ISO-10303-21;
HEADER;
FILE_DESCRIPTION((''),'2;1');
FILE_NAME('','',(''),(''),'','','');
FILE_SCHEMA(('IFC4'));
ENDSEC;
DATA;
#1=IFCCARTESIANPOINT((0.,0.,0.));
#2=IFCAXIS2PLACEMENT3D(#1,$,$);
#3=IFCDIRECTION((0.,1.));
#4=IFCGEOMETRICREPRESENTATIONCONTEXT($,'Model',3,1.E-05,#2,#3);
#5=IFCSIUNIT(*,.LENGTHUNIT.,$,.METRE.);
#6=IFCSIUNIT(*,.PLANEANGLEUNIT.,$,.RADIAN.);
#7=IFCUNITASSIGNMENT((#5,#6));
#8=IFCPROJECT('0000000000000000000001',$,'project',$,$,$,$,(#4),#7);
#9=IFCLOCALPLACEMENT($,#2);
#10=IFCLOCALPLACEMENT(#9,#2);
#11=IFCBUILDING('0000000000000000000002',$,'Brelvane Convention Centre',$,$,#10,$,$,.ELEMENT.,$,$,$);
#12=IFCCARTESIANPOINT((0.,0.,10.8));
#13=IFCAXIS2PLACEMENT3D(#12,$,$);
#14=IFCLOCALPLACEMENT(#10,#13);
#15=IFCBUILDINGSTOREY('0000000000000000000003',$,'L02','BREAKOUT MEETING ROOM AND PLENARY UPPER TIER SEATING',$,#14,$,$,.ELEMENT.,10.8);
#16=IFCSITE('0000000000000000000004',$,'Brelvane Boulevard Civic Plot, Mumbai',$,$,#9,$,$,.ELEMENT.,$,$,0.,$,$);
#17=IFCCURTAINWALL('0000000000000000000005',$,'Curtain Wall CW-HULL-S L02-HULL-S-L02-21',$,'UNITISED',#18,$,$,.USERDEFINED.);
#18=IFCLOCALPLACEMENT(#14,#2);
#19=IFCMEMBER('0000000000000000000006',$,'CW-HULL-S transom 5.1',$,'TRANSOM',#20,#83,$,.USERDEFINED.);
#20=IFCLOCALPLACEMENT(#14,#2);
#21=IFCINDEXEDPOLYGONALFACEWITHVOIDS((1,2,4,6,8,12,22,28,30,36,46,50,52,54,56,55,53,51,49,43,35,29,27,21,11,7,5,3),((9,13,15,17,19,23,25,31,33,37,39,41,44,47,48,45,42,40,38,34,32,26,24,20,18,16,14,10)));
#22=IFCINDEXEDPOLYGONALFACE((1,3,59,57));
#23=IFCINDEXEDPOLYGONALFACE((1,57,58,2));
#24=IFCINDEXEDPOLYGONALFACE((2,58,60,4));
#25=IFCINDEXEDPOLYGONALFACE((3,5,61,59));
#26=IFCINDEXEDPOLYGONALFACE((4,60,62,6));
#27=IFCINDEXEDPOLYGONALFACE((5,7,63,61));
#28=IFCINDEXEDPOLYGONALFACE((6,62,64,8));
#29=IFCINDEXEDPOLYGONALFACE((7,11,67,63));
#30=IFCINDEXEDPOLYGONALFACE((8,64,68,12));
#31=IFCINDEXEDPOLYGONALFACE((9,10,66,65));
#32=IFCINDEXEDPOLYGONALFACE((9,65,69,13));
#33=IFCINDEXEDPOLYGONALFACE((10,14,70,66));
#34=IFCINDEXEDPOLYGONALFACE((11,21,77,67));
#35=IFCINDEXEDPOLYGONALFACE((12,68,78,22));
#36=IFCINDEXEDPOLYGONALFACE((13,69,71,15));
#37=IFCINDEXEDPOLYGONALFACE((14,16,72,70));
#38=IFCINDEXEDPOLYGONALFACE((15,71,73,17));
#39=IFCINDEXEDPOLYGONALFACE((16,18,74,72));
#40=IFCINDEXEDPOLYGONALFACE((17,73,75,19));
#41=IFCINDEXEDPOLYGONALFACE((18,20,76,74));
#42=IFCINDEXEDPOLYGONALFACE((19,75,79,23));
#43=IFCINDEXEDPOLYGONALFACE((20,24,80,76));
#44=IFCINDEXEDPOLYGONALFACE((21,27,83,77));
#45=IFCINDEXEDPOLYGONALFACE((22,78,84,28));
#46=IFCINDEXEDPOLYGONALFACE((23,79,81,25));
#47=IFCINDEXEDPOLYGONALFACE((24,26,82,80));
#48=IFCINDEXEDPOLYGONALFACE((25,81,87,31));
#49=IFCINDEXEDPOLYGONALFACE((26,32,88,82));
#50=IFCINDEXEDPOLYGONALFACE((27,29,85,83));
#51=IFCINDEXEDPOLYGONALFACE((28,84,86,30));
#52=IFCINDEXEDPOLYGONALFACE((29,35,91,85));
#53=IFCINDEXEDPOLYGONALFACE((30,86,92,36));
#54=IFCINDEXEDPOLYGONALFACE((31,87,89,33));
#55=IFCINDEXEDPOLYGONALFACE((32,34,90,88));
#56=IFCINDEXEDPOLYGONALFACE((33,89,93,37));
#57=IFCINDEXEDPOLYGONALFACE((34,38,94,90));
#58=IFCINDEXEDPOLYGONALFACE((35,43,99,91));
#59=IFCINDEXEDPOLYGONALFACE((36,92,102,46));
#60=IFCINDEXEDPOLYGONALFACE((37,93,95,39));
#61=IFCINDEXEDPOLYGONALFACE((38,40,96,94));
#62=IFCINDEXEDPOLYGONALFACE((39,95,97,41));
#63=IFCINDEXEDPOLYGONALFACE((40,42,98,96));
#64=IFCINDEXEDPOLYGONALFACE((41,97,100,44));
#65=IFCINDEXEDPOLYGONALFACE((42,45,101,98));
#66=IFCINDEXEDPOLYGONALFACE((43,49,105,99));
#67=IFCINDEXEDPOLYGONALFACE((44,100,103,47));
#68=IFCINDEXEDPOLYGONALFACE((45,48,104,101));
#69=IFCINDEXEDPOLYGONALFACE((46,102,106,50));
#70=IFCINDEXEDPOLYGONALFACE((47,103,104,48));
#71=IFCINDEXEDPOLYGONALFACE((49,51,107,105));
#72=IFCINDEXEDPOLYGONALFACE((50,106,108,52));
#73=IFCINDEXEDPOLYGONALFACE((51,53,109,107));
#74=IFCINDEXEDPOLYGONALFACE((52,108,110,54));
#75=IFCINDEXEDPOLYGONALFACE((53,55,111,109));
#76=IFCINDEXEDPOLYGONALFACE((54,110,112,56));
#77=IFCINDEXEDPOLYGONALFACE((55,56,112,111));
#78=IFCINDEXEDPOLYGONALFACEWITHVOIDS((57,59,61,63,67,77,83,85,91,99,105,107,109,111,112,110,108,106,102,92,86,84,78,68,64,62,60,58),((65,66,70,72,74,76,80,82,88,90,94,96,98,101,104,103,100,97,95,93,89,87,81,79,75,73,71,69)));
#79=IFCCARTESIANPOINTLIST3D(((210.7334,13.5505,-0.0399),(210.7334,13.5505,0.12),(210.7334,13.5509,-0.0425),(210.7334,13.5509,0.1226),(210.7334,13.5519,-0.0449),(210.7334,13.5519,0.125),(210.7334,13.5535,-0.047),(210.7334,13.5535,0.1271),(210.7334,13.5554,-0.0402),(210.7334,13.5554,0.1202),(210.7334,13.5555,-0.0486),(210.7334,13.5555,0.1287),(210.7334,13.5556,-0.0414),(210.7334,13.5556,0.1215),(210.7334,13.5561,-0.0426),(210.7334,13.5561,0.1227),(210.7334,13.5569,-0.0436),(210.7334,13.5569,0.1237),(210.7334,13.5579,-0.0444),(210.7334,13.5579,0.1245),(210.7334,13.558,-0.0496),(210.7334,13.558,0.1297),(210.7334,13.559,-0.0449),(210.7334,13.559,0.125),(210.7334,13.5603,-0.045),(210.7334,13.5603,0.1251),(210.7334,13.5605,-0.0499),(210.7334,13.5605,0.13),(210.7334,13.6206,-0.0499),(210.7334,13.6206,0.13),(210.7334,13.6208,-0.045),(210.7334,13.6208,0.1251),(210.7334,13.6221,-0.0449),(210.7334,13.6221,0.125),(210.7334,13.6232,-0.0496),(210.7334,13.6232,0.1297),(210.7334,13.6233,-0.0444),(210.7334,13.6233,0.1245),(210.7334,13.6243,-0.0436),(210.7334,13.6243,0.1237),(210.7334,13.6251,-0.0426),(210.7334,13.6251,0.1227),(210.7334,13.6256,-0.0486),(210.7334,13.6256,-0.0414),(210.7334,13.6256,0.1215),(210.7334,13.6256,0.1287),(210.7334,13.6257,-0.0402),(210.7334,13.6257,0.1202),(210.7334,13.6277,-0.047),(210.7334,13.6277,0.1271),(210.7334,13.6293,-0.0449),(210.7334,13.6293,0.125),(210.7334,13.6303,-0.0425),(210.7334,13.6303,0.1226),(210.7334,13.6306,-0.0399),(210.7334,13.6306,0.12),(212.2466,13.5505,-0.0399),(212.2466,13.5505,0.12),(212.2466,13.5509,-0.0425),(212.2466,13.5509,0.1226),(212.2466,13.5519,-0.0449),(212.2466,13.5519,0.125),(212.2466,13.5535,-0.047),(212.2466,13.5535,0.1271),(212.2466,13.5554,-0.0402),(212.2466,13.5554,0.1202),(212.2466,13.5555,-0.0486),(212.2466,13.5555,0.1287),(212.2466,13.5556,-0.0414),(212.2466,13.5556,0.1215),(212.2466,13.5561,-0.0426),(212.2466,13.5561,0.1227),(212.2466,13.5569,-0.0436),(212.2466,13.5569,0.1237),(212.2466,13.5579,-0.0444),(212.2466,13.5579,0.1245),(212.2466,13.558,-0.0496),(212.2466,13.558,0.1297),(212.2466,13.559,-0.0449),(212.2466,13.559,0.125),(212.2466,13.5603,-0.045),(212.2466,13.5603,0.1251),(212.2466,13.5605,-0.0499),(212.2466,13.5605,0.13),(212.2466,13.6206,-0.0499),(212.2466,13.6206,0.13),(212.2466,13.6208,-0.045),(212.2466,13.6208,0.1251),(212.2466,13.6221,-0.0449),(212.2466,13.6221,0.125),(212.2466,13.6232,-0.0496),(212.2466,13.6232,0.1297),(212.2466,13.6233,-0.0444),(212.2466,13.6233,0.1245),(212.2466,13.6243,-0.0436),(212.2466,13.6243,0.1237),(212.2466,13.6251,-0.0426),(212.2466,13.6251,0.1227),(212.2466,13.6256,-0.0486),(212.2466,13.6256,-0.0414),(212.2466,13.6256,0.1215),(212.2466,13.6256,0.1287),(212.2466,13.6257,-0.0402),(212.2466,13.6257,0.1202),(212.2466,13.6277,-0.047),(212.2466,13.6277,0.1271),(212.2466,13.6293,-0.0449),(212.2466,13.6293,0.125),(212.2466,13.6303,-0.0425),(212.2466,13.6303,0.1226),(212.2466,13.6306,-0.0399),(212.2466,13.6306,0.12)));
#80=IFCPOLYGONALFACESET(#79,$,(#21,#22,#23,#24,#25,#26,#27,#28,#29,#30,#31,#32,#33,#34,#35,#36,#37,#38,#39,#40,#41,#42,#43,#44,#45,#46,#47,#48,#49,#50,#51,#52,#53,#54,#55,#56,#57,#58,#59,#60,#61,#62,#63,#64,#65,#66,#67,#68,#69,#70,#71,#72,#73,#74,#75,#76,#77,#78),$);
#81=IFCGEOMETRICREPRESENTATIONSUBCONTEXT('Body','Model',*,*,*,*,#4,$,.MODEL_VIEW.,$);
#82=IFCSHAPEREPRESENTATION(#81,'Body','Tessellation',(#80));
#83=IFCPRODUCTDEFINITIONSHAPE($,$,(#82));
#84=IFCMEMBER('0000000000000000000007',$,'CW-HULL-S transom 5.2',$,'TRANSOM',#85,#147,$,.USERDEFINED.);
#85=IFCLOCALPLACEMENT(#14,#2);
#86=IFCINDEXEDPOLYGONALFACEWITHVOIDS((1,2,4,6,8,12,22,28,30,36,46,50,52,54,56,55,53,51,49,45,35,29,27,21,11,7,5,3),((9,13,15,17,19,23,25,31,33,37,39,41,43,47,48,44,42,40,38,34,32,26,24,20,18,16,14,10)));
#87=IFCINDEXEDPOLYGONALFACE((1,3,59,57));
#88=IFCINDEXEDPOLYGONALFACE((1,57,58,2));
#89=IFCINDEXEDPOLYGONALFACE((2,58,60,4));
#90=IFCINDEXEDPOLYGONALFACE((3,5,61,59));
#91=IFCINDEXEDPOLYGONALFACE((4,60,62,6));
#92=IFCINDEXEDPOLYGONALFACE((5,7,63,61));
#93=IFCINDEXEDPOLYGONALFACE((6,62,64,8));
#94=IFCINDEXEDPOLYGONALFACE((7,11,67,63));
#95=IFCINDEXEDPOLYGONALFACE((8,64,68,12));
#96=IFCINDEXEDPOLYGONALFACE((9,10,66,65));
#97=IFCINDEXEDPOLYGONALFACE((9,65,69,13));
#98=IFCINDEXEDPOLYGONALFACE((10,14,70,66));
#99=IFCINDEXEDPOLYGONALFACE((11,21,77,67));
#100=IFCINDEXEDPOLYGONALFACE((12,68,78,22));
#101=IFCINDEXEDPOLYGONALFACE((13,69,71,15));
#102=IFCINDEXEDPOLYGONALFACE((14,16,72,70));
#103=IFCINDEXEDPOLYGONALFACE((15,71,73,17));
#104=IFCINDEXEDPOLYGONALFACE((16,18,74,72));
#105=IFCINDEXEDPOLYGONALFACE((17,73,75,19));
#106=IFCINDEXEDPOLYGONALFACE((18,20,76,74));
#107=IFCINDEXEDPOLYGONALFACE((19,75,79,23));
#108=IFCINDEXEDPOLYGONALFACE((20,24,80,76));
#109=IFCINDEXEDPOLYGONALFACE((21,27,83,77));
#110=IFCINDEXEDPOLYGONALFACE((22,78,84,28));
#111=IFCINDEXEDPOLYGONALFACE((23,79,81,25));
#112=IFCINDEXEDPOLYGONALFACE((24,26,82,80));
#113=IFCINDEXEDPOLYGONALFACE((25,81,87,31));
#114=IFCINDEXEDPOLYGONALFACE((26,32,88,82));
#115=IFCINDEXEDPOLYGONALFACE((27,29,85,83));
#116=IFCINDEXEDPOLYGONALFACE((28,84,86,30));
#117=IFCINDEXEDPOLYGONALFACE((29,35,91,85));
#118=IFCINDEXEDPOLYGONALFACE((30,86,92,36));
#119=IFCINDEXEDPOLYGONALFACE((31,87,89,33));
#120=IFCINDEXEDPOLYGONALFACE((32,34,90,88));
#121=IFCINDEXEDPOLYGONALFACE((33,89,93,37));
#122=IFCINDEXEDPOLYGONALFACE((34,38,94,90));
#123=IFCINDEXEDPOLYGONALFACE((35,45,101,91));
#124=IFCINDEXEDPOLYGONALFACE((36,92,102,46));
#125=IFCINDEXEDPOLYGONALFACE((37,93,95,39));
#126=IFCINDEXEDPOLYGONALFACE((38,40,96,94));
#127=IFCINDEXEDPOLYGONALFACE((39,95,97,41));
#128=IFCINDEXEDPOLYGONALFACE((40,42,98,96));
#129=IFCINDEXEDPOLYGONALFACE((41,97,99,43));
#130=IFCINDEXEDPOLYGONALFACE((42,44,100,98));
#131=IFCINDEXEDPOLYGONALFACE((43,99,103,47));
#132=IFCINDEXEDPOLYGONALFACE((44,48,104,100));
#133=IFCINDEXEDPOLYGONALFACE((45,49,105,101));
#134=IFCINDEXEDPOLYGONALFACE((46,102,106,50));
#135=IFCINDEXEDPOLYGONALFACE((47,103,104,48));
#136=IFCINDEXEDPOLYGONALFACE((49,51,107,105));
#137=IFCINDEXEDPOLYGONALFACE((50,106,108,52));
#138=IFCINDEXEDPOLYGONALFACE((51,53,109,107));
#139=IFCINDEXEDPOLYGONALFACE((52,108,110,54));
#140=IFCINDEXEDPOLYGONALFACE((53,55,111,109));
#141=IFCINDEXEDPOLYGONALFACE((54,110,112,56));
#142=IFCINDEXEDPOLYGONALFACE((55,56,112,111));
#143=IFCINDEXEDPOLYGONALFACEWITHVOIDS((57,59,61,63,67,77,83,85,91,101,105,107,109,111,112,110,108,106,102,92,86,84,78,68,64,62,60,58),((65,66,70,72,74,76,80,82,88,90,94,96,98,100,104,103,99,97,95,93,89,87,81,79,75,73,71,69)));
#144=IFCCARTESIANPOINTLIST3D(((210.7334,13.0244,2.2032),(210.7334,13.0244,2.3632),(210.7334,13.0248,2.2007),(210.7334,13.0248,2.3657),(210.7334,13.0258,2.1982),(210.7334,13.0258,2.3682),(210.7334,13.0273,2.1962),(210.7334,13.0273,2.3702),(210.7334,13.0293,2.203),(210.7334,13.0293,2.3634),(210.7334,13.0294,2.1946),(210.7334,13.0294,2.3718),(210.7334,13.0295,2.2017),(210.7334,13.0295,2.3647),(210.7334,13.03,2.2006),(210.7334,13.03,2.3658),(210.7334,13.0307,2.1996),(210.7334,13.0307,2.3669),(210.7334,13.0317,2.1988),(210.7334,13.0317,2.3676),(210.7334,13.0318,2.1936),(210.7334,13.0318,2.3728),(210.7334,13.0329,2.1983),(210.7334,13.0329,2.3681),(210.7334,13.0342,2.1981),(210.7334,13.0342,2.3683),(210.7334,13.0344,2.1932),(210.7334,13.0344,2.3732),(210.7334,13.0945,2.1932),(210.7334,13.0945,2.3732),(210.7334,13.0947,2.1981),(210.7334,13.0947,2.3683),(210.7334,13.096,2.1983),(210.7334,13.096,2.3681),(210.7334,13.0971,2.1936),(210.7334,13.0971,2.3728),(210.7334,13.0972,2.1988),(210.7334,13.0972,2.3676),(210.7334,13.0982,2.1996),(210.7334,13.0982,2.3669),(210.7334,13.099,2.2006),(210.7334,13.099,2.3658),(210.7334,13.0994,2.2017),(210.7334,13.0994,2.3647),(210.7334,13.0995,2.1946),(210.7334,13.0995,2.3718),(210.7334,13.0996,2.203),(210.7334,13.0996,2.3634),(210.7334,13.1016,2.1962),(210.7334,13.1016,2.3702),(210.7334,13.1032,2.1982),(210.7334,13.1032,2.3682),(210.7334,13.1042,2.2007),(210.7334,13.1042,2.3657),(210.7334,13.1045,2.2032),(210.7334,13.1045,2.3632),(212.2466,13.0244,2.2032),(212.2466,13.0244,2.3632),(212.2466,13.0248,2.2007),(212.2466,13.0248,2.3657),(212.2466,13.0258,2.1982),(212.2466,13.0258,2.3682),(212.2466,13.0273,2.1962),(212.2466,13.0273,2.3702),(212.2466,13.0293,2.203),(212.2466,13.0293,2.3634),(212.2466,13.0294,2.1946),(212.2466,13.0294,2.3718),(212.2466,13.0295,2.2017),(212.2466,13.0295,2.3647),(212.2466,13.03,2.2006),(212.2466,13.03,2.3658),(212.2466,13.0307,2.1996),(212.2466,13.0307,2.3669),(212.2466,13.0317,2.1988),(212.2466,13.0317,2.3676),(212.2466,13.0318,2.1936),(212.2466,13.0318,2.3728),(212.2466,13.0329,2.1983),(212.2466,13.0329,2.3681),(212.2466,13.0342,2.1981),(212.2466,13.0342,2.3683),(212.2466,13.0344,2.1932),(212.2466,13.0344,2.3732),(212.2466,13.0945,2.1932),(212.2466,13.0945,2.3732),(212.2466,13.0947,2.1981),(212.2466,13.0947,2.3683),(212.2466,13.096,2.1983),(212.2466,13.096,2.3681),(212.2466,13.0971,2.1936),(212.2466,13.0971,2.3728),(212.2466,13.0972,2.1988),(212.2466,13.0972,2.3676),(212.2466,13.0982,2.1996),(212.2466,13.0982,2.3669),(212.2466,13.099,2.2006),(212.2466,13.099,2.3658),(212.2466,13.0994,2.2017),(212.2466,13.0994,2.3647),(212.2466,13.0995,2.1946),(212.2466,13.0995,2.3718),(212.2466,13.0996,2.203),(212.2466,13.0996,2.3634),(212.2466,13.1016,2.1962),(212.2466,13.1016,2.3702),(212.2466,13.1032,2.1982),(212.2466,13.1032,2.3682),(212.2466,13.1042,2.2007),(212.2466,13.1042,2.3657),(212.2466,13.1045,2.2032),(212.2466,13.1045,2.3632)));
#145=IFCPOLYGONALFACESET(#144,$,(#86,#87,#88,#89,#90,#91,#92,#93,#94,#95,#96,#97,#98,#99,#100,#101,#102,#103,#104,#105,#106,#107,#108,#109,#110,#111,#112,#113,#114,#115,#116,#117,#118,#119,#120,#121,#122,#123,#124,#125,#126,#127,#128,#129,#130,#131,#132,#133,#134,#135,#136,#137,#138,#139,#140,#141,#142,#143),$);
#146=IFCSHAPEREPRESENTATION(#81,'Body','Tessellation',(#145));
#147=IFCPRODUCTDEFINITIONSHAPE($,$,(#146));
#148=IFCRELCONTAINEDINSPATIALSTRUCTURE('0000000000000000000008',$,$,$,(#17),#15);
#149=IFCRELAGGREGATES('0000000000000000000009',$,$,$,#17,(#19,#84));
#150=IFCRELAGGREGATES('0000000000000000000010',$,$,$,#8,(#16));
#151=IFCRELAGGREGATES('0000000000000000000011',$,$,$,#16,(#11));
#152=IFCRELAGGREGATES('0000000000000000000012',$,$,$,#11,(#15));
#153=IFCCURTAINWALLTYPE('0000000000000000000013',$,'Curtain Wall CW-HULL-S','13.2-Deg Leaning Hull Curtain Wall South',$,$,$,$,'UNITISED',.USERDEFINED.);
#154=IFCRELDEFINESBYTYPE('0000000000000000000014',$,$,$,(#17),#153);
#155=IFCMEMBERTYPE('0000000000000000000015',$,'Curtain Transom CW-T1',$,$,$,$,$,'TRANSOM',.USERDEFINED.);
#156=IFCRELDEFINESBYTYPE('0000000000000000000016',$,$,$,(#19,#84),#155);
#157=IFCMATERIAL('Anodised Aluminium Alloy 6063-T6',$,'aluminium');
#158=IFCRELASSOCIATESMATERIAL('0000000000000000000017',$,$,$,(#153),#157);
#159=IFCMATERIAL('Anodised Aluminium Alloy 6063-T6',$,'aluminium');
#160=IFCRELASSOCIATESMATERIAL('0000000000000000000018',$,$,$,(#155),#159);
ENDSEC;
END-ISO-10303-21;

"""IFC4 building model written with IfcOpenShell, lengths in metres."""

from ifc_helpers import new_model, si_unit, direction, frame, origin, origin_2d, place, context, subcontext, project, spatial, hollow_rectangle, extrude, material, material_profile, profile_set, type_object, element, aggregate, save


model = new_model("IFC4")

# Units and contexts
model_context = context("Model", 3, precision=1e-05, world=origin(), true_north=direction((0.0, 1.0)))
body_context = subcontext(model_context, "Body", "Model", "MODEL_VIEW")
ifc_project = project(units=[si_unit("LENGTHUNIT", "METRE"), si_unit("PLANEANGLEUNIT", "RADIAN")], contexts=[model_context])

# Site, building, storey
site_placement = place(None, origin())
site = spatial("IfcSite", under=ifc_project, at=site_placement, Name="Brelvane Boulevard Civic Plot, Mumbai", CompositionType="ELEMENT", RefElevation=0.0)
building_placement = place(site_placement, origin())
building = spatial("IfcBuilding", under=site, at=building_placement, Name="Brelvane Convention Centre", CompositionType="ELEMENT")
storey_placement = place(building_placement, frame((0.0, 0.0, 10.8)))
storey = spatial("IfcBuildingStorey", under=building, at=storey_placement, Name="L02", Description="BREAKOUT MEETING ROOM AND PLENARY UPPER TIER SEATING", CompositionType="ELEMENT", Elevation=10.8)

# Curtain wall, members
ifc_material_1 = material(Name="Anodised Aluminium Alloy 6063-T6", Category="aluminium")
curtain_wall_type = type_object("IfcCurtainWallType", Name="Curtain Wall CW-HULL-S", Description="13.2-Deg Leaning Hull Curtain Wall South", ElementType="UNITISED", PredefinedType="USERDEFINED", material=ifc_material_1)
curtain_wall_placement = place(storey_placement, origin())
curtain_wall = element("IfcCurtainWall", 1, at=curtain_wall_placement, inside=storey, type_object=curtain_wall_type, Name="Curtain Wall CW-HULL-S L02-HULL-S-L02-21", ObjectType="UNITISED", PredefinedType="USERDEFINED")
ifc_material_2 = material(Name="Anodised Aluminium Alloy 6063-T6", Category="aluminium")
ifc_material_profile_1 = material_profile(ifc_material_2, hollow_rectangle(XDim=0.0801, YDim=0.1799, WallThickness=0.0049, InnerFilletRadius=0.0049, OuterFilletRadius=0.01, at=origin_2d()), Name="ALU-T 180x80x5.0")
ifc_profile_set_1 = profile_set([ifc_material_profile_1], Name="Anodised Aluminium Alloy 6063-T6")
member_type_1 = type_object("IfcMemberType", Name="Curtain Transom CW-T1", ElementType="TRANSOM", PredefinedType="USERDEFINED", material=ifc_profile_set_1)
member_1_placement = place(storey_placement, frame((210.7334, 13.5906, 0.04), z_axis=(1.0, 0.0, 0.0), x_axis=(0.0, 1.0, 0.0)))
member_1 = element("IfcMember", 2, at=member_1_placement, type_object=member_type_1, Name="CW-HULL-S transom 5.1", ObjectType="TRANSOM", PredefinedType="USERDEFINED", context=body_context, shape_type="SweptSolid", body=[
    extrude(hollow_rectangle(XDim=0.0801, YDim=0.1799, WallThickness=0.0049, InnerFilletRadius=0.0049, OuterFilletRadius=0.01, at=origin_2d()), origin(), (0.0, 0.0, 1.0), 1.5132),
])
member_2_placement = place(storey_placement, frame((210.7334, 13.0645, 2.2832), z_axis=(1.0, 0.0, 0.0), x_axis=(0.0, 1.0, 0.0)))
member_2 = element("IfcMember", 3, at=member_2_placement, type_object=member_type_1, Name="CW-HULL-S transom 5.2", ObjectType="TRANSOM", PredefinedType="USERDEFINED", context=body_context, shape_type="SweptSolid", body=[
    extrude(hollow_rectangle(XDim=0.0801, YDim=0.1799, WallThickness=0.0049, InnerFilletRadius=0.0049, OuterFilletRadius=0.01, at=origin_2d()), origin(), (0.0, 0.0, 1.0), 1.5132),
])

aggregate(curtain_wall, [member_1, member_2])

save(model, "model.ifc")
